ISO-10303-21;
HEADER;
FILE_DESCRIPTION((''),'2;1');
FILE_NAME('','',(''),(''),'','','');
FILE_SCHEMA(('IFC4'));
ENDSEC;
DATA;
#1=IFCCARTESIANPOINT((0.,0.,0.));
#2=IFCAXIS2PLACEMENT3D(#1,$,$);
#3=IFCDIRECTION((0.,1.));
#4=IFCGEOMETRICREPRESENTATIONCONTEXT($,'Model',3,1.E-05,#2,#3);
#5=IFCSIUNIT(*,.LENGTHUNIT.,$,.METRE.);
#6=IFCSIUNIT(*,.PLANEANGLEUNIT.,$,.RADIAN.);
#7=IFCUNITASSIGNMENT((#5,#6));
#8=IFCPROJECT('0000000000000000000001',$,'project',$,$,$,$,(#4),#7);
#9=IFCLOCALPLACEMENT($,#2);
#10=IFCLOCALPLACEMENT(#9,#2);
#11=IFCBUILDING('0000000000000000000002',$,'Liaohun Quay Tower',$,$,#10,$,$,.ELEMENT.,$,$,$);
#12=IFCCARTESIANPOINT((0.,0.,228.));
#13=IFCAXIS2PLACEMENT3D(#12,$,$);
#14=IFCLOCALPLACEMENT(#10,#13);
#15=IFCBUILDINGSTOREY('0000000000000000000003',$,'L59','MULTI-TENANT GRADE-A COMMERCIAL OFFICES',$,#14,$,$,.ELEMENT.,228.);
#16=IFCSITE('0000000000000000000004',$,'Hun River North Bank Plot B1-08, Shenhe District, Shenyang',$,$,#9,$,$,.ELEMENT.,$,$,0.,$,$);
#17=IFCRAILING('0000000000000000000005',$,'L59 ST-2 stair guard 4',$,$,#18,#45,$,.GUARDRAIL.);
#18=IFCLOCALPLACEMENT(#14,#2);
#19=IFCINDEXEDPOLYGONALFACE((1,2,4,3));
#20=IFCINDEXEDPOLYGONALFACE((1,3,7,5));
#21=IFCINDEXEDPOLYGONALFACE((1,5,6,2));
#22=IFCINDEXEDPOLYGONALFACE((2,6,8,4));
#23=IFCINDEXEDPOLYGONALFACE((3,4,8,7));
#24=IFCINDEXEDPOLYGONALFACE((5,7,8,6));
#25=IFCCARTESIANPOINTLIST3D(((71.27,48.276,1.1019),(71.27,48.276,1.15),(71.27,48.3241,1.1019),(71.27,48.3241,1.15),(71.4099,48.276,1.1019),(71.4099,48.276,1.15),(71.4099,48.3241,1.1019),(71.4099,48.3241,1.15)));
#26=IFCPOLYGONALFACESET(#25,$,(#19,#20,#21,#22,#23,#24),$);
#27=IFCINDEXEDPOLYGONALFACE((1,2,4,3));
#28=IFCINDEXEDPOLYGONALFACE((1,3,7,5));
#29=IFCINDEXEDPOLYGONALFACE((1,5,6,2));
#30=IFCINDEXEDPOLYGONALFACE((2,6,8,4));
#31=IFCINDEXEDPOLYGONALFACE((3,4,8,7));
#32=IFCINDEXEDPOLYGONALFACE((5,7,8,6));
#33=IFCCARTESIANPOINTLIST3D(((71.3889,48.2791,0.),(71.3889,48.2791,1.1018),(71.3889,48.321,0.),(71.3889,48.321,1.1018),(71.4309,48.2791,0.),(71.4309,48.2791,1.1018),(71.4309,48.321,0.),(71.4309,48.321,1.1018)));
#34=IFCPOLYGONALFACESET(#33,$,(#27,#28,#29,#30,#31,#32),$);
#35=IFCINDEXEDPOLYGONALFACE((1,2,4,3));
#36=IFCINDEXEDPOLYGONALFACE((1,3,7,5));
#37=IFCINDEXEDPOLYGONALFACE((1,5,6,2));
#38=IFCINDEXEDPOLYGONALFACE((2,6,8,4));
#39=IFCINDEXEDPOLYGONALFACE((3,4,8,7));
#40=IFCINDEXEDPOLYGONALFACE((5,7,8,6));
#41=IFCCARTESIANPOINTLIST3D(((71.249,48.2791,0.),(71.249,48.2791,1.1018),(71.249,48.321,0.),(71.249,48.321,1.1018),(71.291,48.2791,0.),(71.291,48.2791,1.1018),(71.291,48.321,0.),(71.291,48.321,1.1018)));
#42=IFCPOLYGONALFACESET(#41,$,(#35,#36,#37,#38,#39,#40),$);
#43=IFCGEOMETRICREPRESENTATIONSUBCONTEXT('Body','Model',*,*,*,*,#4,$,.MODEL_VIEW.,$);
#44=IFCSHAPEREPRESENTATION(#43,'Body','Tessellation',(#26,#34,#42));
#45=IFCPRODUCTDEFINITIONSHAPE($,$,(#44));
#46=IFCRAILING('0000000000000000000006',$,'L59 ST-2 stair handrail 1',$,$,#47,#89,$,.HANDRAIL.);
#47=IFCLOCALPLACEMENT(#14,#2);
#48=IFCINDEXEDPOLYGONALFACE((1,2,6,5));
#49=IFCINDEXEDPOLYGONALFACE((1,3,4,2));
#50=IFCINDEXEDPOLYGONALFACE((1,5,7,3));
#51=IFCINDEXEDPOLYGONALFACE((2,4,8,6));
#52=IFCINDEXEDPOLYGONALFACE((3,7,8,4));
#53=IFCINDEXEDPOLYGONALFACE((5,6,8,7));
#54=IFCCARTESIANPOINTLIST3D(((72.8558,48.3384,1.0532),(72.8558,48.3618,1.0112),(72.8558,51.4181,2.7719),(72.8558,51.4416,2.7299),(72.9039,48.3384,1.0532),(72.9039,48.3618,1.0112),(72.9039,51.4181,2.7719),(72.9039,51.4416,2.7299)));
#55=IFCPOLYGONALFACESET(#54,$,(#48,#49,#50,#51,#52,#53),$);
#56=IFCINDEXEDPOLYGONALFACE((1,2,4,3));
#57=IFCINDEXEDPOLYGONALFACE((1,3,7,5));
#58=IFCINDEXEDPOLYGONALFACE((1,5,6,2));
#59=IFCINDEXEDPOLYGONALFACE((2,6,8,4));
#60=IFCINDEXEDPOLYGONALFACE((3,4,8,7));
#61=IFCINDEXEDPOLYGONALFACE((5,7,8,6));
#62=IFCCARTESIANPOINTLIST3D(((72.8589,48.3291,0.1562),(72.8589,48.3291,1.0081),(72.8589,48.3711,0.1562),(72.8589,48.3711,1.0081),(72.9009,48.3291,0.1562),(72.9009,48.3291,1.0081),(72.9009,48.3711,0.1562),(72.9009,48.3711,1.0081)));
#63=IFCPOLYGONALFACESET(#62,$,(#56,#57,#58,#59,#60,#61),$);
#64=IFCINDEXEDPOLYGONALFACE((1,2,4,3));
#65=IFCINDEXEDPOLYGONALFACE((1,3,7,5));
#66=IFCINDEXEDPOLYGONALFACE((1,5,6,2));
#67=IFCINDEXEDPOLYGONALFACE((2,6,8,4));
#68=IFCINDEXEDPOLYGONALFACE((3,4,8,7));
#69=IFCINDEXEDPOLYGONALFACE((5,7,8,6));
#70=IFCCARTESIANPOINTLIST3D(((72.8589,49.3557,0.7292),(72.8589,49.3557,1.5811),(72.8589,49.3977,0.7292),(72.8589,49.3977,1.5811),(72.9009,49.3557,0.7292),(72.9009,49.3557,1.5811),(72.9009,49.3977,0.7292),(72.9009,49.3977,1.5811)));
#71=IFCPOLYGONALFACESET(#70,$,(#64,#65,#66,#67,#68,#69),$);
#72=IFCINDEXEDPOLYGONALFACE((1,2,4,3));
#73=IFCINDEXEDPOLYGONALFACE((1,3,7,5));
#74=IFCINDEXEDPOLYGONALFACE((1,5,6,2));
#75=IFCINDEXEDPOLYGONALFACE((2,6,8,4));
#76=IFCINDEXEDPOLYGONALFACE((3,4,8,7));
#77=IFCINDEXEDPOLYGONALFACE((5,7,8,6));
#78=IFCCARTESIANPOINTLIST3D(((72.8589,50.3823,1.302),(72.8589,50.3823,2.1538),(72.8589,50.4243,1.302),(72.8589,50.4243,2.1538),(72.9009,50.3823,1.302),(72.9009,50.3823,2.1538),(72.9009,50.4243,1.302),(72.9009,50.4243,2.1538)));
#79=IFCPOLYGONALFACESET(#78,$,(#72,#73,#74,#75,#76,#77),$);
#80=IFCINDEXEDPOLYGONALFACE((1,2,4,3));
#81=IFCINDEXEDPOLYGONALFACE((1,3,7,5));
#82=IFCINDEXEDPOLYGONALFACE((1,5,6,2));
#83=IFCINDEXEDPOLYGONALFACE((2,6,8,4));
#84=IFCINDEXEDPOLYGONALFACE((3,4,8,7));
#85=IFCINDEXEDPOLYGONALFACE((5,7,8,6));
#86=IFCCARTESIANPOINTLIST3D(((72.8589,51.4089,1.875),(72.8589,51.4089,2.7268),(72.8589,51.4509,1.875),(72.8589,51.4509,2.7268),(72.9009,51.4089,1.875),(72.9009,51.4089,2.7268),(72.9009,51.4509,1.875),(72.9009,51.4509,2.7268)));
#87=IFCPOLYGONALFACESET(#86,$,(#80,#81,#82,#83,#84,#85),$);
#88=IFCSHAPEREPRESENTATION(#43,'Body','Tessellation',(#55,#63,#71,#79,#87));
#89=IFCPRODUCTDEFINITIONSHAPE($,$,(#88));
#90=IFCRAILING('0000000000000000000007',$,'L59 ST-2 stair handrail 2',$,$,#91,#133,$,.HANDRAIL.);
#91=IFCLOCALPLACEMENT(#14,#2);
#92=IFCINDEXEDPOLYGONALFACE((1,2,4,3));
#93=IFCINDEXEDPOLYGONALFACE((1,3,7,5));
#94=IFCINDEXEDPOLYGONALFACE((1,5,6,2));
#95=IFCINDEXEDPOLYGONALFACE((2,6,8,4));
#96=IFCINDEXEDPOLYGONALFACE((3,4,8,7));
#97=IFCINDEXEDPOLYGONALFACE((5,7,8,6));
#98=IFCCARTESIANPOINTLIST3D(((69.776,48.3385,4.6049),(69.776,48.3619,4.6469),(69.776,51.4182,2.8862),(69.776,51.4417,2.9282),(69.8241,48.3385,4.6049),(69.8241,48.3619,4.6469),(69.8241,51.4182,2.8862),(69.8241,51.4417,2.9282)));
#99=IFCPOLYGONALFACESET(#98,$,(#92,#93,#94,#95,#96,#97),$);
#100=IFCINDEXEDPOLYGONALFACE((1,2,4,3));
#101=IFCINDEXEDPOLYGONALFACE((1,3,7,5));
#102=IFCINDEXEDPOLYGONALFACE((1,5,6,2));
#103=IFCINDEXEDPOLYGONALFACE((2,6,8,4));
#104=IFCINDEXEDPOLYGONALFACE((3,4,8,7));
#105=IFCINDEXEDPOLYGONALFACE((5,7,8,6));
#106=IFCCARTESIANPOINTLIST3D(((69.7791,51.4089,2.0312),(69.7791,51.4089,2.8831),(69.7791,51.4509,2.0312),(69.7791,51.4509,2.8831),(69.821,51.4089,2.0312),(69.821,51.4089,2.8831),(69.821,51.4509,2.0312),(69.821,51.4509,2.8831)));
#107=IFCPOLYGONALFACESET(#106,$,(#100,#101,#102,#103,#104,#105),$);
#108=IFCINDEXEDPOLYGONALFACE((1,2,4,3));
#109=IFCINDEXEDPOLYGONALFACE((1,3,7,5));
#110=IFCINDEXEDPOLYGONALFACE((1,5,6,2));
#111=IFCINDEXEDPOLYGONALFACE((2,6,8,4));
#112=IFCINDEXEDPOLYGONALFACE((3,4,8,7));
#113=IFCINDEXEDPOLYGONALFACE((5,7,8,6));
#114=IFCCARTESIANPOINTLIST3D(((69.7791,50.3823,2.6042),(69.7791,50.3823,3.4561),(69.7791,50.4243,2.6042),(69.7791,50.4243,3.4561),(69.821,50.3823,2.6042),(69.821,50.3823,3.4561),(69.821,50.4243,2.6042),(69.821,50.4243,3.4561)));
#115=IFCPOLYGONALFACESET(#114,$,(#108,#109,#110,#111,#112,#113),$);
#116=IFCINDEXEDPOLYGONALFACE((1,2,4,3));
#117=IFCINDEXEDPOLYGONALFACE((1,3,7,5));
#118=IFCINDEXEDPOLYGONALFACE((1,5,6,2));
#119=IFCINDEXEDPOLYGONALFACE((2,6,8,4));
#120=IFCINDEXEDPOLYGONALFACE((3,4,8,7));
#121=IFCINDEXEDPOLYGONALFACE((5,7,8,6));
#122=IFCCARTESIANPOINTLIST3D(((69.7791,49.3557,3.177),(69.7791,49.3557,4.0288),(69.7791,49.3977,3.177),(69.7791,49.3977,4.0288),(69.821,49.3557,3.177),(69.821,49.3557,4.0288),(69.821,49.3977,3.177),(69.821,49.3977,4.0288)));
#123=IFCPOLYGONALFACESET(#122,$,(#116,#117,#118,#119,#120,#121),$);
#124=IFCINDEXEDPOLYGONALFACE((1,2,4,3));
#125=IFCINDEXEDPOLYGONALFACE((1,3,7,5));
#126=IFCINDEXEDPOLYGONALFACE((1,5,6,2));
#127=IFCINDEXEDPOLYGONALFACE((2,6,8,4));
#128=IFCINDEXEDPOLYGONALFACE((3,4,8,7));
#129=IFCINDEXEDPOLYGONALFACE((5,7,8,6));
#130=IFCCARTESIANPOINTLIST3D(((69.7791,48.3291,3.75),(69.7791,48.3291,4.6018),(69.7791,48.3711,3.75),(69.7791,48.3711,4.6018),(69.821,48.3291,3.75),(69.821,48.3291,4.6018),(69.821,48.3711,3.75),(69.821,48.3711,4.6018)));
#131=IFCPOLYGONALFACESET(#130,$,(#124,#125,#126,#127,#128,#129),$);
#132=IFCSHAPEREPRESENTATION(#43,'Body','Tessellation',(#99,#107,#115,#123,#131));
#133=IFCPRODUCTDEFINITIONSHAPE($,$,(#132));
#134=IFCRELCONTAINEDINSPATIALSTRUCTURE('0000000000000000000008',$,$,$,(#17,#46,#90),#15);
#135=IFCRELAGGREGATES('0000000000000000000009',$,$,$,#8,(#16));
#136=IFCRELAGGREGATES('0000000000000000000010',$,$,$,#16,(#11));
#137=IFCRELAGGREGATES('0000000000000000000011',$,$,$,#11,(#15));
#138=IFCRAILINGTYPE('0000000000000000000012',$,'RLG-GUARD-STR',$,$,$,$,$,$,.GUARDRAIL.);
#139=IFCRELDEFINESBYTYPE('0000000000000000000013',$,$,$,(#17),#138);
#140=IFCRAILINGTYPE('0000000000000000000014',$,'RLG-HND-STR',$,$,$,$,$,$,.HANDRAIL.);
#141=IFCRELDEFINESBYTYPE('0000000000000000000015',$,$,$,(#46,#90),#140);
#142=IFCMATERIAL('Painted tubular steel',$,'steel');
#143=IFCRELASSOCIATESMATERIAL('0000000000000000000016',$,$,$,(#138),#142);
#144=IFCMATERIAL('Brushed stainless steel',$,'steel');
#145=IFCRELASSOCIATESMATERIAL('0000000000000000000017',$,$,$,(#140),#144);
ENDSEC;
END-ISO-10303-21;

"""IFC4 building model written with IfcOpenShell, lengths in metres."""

from ifc_helpers import new_model, si_unit, direction, frame, origin, origin_2d, place, context, subcontext, project, spatial, rectangle, extrude, material, type_object, element, save


model = new_model("IFC4")

# Units and contexts
model_context = context("Model", 3, precision=1e-05, world=origin(), true_north=direction((0.0, 1.0)))
body_context = subcontext(model_context, "Body", "Model", "MODEL_VIEW")
ifc_project = project(units=[si_unit("LENGTHUNIT", "METRE"), si_unit("PLANEANGLEUNIT", "RADIAN")], contexts=[model_context])

# Site, building, storey
site_placement = place(None, origin())
site = spatial("IfcSite", under=ifc_project, at=site_placement, Name="Hun River North Bank Plot B1-08, Shenhe District, Shenyang", CompositionType="ELEMENT", RefElevation=0.0)
building_placement = place(site_placement, origin())
building = spatial("IfcBuilding", under=site, at=building_placement, Name="Liaohun Quay Tower", CompositionType="ELEMENT")
storey_placement = place(building_placement, frame((0.0, 0.0, 228.0)))
storey = spatial("IfcBuildingStorey", under=building, at=storey_placement, Name="L59", Description="MULTI-TENANT GRADE-A COMMERCIAL OFFICES", CompositionType="ELEMENT", Elevation=228.0)

# Railings
ifc_material_1 = material(Name="Painted tubular steel", Category="steel")
railing_type_1 = type_object("IfcRailingType", Name="RLG-GUARD-STR", PredefinedType="GUARDRAIL", material=ifc_material_1)
railing_1_placement = place(storey_placement, frame((71.4099, 48.3, 0.0)))
element("IfcRailing", 1, at=railing_1_placement, inside=storey, type_object=railing_type_1, Name="L59 ST-2 stair guard 4", PredefinedType="GUARDRAIL", context=body_context, shape_type="SweptSolid", body=[
    extrude(rectangle(XDim=0.0481, YDim=0.0481, at=origin_2d()), frame((0.0, 0.0, 1.126), z_axis=(-1.0, 0.0, 0.0), x_axis=(0.0, -1.0, 0.0)), (0.0, 0.0, 1.0), 0.1399),
    extrude(rectangle(XDim=0.042, YDim=0.042, at=origin_2d()), origin(), (0.0, 0.0, 1.0), 1.1018),
    extrude(rectangle(XDim=0.042, YDim=0.042, at=origin_2d()), frame((-0.1399, 0.0, 0.0)), (0.0, 0.0, 1.0), 1.1018),
])
ifc_material_2 = material(Name="Brushed stainless steel", Category="steel")
railing_type_2 = type_object("IfcRailingType", Name="RLG-HND-STR", PredefinedType="HANDRAIL", material=ifc_material_2)
railing_2_placement = place(storey_placement, frame((72.8799, 48.3501, 0.1562)))
element("IfcRailing", 2, at=railing_2_placement, inside=storey, type_object=railing_type_2, Name="L59 ST-2 stair handrail 1", PredefinedType="HANDRAIL", context=body_context, shape_type="SweptSolid", body=[
    extrude(rectangle(XDim=0.0481, YDim=0.0481, at=origin_2d()), frame((0.0, 0.0, 0.876), z_axis=(0.0, 0.873225, 0.487317), x_axis=(-1.0, 0.0, 0.0)), (0.0, 0.0, 1.0), 3.5269),
    extrude(rectangle(XDim=0.042, YDim=0.042, at=origin_2d()), origin(), (0.0, 0.0, 1.0), 0.8518),
    extrude(rectangle(XDim=0.042, YDim=0.042, at=origin_2d()), frame((0.0, 1.0266, 0.573)), (0.0, 0.0, 1.0), 0.8518),
    extrude(rectangle(XDim=0.042, YDim=0.042, at=origin_2d()), frame((0.0, 2.0532, 1.1458)), (0.0, 0.0, 1.0), 0.8518),
    extrude(rectangle(XDim=0.042, YDim=0.042, at=origin_2d()), frame((0.0, 3.0798, 1.7188)), (0.0, 0.0, 1.0), 0.8518),
])
railing_3_placement = place(storey_placement, frame((69.8, 51.4299, 2.0312)))
element("IfcRailing", 3, at=railing_3_placement, inside=storey, type_object=railing_type_2, Name="L59 ST-2 stair handrail 2", PredefinedType="HANDRAIL", context=body_context, shape_type="SweptSolid", body=[
    extrude(rectangle(XDim=0.0481, YDim=0.0481, at=origin_2d()), frame((0.0, 0.0, 0.876), z_axis=(0.0, -0.873225, 0.487317), x_axis=(1.0, 0.0, 0.0)), (0.0, 0.0, 1.0), 3.5269),
    extrude(rectangle(XDim=0.042, YDim=0.042, at=origin_2d()), origin(), (0.0, 0.0, 1.0), 0.8518),
    extrude(rectangle(XDim=0.042, YDim=0.042, at=origin_2d()), frame((0.0, -1.0266, 0.573)), (0.0, 0.0, 1.0), 0.8518),
    extrude(rectangle(XDim=0.042, YDim=0.042, at=origin_2d()), frame((0.0, -2.0532, 1.1458)), (0.0, 0.0, 1.0), 0.8518),
    extrude(rectangle(XDim=0.042, YDim=0.042, at=origin_2d()), frame((0.0, -3.0798, 1.7188)), (0.0, 0.0, 1.0), 0.8518),
])

save(model, "model.ifc")
